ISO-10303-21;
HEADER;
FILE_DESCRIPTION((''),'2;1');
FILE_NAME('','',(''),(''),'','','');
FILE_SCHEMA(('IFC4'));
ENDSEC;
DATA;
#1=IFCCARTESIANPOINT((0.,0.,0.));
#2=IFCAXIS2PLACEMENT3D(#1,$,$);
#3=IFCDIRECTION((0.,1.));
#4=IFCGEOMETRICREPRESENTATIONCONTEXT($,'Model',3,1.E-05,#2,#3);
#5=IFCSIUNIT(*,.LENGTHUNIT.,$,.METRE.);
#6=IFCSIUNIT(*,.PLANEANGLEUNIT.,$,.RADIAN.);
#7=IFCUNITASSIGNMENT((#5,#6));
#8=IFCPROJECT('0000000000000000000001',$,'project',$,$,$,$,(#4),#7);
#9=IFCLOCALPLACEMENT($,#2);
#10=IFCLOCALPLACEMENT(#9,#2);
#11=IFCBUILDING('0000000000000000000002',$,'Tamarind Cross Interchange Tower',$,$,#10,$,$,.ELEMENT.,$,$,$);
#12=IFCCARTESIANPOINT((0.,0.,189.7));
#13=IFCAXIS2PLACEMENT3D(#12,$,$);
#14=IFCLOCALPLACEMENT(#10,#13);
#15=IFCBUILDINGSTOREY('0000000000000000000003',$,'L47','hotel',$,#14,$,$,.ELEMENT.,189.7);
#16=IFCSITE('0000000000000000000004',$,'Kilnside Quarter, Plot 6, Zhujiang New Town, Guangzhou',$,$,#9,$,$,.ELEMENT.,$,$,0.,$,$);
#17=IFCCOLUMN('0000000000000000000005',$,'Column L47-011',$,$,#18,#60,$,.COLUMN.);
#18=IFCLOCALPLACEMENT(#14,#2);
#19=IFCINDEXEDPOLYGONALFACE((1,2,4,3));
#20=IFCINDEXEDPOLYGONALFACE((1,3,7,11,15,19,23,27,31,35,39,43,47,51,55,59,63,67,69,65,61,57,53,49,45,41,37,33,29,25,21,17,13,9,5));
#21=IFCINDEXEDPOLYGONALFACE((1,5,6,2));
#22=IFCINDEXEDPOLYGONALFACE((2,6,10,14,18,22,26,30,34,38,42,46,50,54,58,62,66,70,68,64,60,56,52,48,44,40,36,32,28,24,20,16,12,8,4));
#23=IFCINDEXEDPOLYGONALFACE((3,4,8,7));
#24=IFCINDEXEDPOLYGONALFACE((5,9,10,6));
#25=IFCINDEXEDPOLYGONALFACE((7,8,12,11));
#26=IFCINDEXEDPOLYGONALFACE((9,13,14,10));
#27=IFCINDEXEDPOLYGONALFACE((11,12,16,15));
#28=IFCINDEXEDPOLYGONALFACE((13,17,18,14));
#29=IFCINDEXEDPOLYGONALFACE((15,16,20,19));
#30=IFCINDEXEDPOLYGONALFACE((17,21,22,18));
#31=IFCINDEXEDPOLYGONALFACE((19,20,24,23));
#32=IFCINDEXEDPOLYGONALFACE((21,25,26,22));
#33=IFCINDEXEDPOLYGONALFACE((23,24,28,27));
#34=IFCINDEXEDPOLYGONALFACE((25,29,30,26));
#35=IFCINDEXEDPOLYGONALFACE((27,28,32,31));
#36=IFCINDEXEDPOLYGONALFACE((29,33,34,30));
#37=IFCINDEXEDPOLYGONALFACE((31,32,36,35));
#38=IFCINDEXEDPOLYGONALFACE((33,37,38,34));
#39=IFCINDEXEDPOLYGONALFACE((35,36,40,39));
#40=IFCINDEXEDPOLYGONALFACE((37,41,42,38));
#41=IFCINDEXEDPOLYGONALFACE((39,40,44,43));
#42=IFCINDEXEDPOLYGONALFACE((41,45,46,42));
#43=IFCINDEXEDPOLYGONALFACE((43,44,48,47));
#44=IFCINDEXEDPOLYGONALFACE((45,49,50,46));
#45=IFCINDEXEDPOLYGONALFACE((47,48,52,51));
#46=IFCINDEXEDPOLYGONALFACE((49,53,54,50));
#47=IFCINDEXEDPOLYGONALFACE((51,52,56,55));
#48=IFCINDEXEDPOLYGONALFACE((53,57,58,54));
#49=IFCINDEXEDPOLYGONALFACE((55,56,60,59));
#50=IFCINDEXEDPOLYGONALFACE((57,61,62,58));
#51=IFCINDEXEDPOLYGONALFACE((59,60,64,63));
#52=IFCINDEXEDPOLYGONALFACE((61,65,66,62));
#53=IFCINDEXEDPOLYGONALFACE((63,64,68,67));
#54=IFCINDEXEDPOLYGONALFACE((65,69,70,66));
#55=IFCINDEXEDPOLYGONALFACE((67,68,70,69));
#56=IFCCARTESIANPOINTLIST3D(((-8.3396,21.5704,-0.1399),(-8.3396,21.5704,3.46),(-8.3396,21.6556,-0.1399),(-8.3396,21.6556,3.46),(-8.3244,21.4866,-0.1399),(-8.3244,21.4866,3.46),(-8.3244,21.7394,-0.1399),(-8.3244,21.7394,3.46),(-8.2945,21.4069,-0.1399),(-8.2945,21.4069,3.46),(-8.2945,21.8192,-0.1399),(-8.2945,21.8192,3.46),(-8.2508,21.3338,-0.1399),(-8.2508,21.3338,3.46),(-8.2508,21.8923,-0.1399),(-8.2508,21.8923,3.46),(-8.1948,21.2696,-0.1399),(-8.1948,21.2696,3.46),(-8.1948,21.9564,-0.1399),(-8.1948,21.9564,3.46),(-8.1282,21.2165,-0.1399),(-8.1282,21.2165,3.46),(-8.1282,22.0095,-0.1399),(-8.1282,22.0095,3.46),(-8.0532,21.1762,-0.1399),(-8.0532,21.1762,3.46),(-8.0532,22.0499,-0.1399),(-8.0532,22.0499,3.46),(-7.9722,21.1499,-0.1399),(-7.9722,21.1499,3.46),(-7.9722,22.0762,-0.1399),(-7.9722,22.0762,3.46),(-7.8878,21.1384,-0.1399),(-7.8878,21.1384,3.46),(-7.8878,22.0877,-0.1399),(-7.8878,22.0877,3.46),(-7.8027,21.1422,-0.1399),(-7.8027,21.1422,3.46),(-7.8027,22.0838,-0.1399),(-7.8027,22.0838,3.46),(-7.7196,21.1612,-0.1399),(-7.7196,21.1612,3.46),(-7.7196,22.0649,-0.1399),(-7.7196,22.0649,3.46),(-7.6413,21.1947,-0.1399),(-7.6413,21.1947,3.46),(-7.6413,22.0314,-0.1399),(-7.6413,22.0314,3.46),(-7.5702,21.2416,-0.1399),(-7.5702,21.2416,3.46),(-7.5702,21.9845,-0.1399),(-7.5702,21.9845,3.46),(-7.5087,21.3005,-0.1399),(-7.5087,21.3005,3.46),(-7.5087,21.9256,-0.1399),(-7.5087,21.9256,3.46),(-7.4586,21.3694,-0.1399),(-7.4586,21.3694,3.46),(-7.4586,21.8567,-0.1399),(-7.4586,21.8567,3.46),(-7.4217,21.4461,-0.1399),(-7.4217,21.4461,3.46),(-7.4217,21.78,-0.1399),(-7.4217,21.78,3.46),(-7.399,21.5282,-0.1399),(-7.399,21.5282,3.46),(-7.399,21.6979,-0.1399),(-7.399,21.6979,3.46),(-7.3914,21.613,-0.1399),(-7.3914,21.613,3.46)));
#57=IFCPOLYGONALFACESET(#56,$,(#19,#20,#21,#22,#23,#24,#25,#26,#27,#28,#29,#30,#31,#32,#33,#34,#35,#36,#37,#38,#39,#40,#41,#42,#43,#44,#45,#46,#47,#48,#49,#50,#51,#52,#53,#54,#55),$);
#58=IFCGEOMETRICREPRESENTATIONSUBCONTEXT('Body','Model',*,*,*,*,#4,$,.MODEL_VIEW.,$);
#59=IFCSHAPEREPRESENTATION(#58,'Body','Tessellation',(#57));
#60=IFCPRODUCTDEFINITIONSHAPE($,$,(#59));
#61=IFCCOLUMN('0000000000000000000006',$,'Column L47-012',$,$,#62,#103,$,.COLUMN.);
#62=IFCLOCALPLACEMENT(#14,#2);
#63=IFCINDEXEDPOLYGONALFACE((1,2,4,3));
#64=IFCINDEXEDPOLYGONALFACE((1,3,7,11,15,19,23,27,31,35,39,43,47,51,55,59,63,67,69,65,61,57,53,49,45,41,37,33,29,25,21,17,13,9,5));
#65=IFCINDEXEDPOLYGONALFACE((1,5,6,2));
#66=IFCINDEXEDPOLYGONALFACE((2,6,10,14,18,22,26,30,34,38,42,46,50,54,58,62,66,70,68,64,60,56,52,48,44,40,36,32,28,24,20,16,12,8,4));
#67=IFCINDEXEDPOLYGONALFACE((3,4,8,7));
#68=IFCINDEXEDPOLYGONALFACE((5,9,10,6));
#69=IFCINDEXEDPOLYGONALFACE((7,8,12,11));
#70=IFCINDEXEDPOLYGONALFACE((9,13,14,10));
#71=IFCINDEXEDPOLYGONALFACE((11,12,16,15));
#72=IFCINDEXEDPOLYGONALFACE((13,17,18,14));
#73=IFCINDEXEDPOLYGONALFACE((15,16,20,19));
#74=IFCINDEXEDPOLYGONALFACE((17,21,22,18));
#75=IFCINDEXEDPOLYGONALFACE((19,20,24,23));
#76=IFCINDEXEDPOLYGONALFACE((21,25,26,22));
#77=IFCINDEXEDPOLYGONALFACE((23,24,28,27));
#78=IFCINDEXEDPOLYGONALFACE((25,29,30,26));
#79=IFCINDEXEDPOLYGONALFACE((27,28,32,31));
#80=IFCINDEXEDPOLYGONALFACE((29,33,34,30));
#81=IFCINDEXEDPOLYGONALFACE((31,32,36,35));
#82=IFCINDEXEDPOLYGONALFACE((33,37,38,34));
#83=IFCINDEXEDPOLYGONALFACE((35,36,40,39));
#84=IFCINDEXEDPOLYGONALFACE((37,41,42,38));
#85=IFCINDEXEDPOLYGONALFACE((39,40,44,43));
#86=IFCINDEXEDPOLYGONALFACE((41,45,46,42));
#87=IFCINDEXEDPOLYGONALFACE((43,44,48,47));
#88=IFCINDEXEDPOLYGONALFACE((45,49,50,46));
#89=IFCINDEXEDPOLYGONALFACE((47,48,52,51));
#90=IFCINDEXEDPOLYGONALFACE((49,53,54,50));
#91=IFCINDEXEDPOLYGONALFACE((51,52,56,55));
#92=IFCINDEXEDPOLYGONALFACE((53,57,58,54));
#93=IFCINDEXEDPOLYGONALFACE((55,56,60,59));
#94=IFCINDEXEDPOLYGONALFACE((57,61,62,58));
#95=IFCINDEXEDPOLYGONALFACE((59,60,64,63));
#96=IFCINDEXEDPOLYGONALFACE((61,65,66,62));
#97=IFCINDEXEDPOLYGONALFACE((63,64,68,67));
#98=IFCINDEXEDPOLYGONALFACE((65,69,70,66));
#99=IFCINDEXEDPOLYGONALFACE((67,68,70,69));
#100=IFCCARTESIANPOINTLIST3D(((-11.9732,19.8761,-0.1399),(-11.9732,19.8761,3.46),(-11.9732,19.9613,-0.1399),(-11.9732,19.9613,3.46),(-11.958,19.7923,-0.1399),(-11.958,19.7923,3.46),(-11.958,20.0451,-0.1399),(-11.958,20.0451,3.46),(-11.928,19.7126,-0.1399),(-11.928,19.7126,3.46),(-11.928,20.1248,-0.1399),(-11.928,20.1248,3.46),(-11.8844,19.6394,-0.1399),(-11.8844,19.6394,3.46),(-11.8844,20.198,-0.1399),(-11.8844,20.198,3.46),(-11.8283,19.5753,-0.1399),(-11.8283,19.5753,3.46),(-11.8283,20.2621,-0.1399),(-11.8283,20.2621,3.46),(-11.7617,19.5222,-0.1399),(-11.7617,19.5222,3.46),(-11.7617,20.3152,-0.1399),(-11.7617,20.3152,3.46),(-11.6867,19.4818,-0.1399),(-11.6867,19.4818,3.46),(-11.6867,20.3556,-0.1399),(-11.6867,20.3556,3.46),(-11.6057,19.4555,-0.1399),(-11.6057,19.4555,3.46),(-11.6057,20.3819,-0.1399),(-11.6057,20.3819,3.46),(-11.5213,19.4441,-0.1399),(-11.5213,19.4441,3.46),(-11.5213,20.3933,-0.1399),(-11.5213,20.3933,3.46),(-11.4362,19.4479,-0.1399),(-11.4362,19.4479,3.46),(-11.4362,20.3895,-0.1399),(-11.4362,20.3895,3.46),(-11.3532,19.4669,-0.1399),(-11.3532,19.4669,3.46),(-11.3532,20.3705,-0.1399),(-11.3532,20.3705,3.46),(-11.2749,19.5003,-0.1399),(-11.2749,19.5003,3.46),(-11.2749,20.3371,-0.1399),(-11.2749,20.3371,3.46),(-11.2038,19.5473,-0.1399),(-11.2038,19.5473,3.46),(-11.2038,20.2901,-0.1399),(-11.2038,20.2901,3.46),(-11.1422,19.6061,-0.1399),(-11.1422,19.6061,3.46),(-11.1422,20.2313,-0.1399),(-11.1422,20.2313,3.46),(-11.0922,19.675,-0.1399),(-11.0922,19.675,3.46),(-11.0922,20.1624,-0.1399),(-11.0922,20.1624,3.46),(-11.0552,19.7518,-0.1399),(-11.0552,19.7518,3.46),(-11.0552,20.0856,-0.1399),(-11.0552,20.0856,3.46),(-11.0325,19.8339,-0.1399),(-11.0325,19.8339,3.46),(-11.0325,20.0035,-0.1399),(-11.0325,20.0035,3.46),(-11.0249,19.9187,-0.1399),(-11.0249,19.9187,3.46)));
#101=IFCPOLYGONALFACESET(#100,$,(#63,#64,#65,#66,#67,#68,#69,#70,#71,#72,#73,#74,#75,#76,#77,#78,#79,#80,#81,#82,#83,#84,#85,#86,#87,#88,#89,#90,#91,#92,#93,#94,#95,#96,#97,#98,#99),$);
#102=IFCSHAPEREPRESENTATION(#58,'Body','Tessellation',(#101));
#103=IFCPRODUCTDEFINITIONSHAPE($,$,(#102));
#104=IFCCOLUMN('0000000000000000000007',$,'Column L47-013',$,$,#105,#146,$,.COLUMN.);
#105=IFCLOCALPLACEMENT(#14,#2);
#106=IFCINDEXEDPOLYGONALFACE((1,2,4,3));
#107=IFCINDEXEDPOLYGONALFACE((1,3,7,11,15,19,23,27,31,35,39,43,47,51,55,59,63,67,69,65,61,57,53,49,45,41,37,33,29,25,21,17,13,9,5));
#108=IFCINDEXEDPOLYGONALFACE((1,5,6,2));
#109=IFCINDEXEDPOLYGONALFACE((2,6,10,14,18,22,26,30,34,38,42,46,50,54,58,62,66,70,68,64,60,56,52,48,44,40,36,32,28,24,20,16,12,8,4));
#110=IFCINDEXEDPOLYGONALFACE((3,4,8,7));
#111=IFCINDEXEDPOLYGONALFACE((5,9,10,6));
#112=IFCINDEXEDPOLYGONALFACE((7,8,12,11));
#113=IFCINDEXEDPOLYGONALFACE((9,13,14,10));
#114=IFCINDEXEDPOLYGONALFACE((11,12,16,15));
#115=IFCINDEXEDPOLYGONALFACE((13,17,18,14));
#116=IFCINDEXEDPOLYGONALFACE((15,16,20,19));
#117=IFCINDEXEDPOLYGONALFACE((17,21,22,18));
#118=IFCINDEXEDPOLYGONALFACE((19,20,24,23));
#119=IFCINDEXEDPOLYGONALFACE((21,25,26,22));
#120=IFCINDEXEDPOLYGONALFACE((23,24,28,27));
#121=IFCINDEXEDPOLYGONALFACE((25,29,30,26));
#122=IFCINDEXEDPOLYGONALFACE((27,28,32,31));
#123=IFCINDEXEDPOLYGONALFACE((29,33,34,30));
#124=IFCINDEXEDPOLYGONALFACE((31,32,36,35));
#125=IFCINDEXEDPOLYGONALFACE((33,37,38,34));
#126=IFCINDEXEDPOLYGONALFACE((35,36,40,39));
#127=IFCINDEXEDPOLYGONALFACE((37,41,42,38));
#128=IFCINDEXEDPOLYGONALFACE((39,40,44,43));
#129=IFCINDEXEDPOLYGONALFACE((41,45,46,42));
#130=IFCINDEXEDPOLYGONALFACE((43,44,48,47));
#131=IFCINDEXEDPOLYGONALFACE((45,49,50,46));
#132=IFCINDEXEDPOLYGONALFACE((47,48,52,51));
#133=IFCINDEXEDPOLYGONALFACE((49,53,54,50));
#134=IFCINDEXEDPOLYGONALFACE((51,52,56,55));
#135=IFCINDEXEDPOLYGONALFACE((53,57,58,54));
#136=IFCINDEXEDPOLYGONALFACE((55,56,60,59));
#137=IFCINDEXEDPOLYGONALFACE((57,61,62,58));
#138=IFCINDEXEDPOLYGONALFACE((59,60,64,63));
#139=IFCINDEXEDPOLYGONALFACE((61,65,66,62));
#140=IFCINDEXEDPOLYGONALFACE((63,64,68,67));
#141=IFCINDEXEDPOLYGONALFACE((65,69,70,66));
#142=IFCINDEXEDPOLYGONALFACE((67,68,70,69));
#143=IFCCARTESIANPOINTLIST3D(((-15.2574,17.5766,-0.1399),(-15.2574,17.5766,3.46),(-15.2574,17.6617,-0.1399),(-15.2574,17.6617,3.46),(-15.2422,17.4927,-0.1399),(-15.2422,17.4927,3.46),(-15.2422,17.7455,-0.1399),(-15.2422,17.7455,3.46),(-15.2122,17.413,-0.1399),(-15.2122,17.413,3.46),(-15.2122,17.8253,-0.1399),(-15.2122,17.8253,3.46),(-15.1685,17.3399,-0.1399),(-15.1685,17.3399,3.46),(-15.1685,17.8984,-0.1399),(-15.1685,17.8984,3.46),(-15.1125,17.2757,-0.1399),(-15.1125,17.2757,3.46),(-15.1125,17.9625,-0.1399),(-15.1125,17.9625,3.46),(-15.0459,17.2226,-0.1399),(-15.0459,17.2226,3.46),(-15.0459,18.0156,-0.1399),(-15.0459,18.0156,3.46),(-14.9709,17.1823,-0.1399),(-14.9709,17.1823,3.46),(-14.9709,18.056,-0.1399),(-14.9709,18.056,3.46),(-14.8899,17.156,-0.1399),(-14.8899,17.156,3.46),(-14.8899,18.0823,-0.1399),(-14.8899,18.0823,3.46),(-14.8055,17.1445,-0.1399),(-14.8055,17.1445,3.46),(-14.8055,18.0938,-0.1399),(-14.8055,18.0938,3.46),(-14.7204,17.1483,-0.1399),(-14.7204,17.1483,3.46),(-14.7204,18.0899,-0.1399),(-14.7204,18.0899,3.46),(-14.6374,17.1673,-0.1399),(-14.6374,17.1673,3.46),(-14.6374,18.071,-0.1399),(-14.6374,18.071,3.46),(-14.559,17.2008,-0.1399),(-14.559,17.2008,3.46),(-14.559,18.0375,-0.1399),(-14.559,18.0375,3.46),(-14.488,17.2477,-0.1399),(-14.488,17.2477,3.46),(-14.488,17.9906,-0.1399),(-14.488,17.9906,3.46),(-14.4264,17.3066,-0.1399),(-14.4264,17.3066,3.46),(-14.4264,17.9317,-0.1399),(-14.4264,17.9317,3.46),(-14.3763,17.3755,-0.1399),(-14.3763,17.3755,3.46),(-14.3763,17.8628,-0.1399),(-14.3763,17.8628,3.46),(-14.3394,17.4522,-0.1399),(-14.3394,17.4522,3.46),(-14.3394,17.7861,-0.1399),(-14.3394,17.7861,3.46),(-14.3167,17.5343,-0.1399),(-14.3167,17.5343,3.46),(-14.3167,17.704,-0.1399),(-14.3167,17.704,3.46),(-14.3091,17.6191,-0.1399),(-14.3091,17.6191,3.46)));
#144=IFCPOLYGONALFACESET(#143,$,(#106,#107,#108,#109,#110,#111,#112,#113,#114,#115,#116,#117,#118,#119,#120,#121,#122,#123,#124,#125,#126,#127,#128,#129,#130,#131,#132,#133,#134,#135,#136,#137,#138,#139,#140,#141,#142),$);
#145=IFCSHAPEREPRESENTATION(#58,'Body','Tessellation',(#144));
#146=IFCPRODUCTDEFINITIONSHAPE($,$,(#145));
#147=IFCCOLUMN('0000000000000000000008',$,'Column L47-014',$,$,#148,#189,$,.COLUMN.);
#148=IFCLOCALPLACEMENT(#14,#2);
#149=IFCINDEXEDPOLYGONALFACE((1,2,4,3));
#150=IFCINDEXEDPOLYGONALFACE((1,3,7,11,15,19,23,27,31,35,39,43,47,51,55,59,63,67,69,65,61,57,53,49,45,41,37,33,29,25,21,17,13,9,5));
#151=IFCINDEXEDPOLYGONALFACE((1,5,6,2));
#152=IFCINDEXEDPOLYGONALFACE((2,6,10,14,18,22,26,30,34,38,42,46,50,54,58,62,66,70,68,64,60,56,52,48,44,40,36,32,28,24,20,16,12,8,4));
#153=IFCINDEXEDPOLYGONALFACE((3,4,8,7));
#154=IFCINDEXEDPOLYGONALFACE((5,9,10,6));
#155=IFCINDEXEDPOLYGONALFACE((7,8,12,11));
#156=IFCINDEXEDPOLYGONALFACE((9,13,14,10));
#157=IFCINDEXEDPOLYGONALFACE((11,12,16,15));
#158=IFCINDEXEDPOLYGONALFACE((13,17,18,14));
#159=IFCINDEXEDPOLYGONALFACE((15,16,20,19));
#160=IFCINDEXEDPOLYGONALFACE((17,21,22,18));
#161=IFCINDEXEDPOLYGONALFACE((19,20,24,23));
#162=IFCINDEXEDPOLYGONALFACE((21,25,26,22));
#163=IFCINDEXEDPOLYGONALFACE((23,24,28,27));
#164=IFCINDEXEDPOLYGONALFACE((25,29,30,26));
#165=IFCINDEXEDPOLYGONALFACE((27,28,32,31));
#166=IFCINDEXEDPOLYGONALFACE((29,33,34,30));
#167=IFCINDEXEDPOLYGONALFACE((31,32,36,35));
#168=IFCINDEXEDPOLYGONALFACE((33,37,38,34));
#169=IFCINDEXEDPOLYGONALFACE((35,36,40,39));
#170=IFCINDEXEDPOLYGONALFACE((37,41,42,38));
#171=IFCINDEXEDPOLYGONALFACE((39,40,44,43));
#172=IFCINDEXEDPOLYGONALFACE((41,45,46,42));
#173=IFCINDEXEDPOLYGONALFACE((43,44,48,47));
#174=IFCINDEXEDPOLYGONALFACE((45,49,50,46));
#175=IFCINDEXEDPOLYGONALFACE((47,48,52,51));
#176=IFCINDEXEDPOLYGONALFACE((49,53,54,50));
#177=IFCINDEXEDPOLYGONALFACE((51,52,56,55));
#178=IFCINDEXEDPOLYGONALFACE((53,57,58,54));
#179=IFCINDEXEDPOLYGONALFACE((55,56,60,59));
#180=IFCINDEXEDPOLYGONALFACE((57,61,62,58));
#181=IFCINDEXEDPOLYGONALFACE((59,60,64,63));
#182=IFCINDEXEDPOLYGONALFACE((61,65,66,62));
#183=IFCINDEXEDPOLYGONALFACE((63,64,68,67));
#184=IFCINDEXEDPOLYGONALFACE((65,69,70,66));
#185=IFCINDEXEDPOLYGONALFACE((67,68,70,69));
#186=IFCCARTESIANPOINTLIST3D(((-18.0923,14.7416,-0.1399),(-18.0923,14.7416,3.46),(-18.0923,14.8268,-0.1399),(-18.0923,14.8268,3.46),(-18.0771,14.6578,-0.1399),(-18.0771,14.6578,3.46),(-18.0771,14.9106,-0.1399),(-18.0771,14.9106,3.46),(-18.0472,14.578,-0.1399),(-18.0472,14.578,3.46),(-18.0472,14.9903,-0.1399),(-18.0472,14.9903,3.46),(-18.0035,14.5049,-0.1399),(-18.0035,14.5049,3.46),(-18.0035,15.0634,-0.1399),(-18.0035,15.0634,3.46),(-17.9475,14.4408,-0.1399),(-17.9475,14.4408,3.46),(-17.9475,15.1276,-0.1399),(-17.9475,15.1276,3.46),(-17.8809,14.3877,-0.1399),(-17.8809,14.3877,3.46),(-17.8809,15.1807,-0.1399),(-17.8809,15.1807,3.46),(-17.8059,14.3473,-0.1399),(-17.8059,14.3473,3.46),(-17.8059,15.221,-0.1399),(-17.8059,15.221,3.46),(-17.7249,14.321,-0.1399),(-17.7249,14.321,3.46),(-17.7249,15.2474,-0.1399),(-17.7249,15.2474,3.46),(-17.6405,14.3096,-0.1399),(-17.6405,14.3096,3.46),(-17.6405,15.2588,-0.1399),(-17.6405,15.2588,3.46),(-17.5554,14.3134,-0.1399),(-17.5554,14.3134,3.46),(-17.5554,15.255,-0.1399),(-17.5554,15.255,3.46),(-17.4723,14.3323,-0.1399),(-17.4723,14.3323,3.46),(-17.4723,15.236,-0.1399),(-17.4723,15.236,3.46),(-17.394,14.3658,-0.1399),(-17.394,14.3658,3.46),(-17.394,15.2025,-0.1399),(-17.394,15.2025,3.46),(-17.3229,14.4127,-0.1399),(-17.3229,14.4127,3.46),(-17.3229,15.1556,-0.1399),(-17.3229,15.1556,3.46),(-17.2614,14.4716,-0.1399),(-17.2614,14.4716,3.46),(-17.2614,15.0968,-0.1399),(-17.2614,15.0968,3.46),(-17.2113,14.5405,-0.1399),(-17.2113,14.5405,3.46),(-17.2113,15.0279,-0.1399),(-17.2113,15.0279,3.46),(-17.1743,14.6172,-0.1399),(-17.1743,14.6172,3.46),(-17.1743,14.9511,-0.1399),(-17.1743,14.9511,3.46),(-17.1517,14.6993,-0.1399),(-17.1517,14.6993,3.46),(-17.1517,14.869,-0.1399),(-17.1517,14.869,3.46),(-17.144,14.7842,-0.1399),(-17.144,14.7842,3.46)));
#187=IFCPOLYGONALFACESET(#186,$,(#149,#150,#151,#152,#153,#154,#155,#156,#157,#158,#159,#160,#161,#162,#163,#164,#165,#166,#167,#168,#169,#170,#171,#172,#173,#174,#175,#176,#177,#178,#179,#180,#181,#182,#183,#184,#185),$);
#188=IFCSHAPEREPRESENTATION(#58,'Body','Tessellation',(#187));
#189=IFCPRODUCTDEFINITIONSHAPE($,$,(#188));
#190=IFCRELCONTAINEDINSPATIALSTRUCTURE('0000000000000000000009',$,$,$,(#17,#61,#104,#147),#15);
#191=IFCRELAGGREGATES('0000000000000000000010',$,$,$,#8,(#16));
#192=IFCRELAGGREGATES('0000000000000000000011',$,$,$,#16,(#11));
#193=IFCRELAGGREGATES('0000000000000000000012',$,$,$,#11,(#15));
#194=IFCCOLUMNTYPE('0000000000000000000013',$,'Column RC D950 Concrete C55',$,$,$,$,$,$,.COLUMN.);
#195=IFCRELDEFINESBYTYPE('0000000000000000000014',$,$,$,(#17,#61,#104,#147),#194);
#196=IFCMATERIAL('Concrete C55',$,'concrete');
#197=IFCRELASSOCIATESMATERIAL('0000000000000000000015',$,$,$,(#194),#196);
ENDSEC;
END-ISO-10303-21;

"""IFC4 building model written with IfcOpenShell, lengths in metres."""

from ifc_helpers import new_model, si_unit, direction, frame, origin, origin_2d, place, context, subcontext, project, spatial, circle, extrude, material, material_profile, profile_set, type_object, element, save


model = new_model("IFC4")

# Units and contexts
model_context = context("Model", 3, precision=1e-05, world=origin(), true_north=direction((0.0, 1.0)))
body_context = subcontext(model_context, "Body", "Model", "MODEL_VIEW")
ifc_project = project(units=[si_unit("LENGTHUNIT", "METRE"), si_unit("PLANEANGLEUNIT", "RADIAN")], contexts=[model_context])

# Site, building, storey
site_placement = place(None, origin())
site = spatial("IfcSite", under=ifc_project, at=site_placement, Name="Kilnside Quarter, Plot 6, Zhujiang New Town, Guangzhou", CompositionType="ELEMENT", RefElevation=0.0)
building_placement = place(site_placement, origin())
building = spatial("IfcBuilding", under=site, at=building_placement, Name="Tamarind Cross Interchange Tower", CompositionType="ELEMENT")
storey_placement = place(building_placement, frame((0.0, 0.0, 189.7)))
storey = spatial("IfcBuildingStorey", under=building, at=storey_placement, Name="L47", Description="hotel", CompositionType="ELEMENT", Elevation=189.7)

# Columns
ifc_material_1 = material(Name="Concrete C55", Category="concrete")
ifc_material_profile_1 = material_profile(ifc_material_1, circle(Radius=0.4751, at=origin_2d()), Name="RC D950")
ifc_profile_set_1 = profile_set([ifc_material_profile_1], Name="Concrete C55")
column_type = type_object("IfcColumnType", Name="Column RC D950 Concrete C55", PredefinedType="COLUMN", material=ifc_profile_set_1)
for number, where, z_axis, x_axis, name in (
    (1, (-7.8665, 21.613, -0.1399), (0.0, 0.0, 1.0), (1.0, 0.0, 0.0), "Column L47-011"),
    (2, (-11.5, 19.9187, -0.1399), (0.0, 0.0, 1.0), (1.0, 0.0, 0.0), "Column L47-012"),
    (3, (-14.7842, 17.6191, -0.1399), (0.0, 0.0, 1.0), (1.0, 0.0, 0.0), "Column L47-013"),
    (4, (-17.6191, 14.7842, -0.1399), (0.0, 0.0, 1.0), (1.0, 0.0, 0.0), "Column L47-014"),
):
    element("IfcColumn", number, at=place(storey_placement, frame(where, z_axis=z_axis, x_axis=x_axis)), inside=storey, type_object=column_type, Name=name, PredefinedType="COLUMN", context=body_context, shape_type="SweptSolid", body=[
        extrude(circle(Radius=0.4751, at=origin_2d()), origin(), (0.0, 0.0, 1.0), 3.5999),
    ])

save(model, "model.ifc")
